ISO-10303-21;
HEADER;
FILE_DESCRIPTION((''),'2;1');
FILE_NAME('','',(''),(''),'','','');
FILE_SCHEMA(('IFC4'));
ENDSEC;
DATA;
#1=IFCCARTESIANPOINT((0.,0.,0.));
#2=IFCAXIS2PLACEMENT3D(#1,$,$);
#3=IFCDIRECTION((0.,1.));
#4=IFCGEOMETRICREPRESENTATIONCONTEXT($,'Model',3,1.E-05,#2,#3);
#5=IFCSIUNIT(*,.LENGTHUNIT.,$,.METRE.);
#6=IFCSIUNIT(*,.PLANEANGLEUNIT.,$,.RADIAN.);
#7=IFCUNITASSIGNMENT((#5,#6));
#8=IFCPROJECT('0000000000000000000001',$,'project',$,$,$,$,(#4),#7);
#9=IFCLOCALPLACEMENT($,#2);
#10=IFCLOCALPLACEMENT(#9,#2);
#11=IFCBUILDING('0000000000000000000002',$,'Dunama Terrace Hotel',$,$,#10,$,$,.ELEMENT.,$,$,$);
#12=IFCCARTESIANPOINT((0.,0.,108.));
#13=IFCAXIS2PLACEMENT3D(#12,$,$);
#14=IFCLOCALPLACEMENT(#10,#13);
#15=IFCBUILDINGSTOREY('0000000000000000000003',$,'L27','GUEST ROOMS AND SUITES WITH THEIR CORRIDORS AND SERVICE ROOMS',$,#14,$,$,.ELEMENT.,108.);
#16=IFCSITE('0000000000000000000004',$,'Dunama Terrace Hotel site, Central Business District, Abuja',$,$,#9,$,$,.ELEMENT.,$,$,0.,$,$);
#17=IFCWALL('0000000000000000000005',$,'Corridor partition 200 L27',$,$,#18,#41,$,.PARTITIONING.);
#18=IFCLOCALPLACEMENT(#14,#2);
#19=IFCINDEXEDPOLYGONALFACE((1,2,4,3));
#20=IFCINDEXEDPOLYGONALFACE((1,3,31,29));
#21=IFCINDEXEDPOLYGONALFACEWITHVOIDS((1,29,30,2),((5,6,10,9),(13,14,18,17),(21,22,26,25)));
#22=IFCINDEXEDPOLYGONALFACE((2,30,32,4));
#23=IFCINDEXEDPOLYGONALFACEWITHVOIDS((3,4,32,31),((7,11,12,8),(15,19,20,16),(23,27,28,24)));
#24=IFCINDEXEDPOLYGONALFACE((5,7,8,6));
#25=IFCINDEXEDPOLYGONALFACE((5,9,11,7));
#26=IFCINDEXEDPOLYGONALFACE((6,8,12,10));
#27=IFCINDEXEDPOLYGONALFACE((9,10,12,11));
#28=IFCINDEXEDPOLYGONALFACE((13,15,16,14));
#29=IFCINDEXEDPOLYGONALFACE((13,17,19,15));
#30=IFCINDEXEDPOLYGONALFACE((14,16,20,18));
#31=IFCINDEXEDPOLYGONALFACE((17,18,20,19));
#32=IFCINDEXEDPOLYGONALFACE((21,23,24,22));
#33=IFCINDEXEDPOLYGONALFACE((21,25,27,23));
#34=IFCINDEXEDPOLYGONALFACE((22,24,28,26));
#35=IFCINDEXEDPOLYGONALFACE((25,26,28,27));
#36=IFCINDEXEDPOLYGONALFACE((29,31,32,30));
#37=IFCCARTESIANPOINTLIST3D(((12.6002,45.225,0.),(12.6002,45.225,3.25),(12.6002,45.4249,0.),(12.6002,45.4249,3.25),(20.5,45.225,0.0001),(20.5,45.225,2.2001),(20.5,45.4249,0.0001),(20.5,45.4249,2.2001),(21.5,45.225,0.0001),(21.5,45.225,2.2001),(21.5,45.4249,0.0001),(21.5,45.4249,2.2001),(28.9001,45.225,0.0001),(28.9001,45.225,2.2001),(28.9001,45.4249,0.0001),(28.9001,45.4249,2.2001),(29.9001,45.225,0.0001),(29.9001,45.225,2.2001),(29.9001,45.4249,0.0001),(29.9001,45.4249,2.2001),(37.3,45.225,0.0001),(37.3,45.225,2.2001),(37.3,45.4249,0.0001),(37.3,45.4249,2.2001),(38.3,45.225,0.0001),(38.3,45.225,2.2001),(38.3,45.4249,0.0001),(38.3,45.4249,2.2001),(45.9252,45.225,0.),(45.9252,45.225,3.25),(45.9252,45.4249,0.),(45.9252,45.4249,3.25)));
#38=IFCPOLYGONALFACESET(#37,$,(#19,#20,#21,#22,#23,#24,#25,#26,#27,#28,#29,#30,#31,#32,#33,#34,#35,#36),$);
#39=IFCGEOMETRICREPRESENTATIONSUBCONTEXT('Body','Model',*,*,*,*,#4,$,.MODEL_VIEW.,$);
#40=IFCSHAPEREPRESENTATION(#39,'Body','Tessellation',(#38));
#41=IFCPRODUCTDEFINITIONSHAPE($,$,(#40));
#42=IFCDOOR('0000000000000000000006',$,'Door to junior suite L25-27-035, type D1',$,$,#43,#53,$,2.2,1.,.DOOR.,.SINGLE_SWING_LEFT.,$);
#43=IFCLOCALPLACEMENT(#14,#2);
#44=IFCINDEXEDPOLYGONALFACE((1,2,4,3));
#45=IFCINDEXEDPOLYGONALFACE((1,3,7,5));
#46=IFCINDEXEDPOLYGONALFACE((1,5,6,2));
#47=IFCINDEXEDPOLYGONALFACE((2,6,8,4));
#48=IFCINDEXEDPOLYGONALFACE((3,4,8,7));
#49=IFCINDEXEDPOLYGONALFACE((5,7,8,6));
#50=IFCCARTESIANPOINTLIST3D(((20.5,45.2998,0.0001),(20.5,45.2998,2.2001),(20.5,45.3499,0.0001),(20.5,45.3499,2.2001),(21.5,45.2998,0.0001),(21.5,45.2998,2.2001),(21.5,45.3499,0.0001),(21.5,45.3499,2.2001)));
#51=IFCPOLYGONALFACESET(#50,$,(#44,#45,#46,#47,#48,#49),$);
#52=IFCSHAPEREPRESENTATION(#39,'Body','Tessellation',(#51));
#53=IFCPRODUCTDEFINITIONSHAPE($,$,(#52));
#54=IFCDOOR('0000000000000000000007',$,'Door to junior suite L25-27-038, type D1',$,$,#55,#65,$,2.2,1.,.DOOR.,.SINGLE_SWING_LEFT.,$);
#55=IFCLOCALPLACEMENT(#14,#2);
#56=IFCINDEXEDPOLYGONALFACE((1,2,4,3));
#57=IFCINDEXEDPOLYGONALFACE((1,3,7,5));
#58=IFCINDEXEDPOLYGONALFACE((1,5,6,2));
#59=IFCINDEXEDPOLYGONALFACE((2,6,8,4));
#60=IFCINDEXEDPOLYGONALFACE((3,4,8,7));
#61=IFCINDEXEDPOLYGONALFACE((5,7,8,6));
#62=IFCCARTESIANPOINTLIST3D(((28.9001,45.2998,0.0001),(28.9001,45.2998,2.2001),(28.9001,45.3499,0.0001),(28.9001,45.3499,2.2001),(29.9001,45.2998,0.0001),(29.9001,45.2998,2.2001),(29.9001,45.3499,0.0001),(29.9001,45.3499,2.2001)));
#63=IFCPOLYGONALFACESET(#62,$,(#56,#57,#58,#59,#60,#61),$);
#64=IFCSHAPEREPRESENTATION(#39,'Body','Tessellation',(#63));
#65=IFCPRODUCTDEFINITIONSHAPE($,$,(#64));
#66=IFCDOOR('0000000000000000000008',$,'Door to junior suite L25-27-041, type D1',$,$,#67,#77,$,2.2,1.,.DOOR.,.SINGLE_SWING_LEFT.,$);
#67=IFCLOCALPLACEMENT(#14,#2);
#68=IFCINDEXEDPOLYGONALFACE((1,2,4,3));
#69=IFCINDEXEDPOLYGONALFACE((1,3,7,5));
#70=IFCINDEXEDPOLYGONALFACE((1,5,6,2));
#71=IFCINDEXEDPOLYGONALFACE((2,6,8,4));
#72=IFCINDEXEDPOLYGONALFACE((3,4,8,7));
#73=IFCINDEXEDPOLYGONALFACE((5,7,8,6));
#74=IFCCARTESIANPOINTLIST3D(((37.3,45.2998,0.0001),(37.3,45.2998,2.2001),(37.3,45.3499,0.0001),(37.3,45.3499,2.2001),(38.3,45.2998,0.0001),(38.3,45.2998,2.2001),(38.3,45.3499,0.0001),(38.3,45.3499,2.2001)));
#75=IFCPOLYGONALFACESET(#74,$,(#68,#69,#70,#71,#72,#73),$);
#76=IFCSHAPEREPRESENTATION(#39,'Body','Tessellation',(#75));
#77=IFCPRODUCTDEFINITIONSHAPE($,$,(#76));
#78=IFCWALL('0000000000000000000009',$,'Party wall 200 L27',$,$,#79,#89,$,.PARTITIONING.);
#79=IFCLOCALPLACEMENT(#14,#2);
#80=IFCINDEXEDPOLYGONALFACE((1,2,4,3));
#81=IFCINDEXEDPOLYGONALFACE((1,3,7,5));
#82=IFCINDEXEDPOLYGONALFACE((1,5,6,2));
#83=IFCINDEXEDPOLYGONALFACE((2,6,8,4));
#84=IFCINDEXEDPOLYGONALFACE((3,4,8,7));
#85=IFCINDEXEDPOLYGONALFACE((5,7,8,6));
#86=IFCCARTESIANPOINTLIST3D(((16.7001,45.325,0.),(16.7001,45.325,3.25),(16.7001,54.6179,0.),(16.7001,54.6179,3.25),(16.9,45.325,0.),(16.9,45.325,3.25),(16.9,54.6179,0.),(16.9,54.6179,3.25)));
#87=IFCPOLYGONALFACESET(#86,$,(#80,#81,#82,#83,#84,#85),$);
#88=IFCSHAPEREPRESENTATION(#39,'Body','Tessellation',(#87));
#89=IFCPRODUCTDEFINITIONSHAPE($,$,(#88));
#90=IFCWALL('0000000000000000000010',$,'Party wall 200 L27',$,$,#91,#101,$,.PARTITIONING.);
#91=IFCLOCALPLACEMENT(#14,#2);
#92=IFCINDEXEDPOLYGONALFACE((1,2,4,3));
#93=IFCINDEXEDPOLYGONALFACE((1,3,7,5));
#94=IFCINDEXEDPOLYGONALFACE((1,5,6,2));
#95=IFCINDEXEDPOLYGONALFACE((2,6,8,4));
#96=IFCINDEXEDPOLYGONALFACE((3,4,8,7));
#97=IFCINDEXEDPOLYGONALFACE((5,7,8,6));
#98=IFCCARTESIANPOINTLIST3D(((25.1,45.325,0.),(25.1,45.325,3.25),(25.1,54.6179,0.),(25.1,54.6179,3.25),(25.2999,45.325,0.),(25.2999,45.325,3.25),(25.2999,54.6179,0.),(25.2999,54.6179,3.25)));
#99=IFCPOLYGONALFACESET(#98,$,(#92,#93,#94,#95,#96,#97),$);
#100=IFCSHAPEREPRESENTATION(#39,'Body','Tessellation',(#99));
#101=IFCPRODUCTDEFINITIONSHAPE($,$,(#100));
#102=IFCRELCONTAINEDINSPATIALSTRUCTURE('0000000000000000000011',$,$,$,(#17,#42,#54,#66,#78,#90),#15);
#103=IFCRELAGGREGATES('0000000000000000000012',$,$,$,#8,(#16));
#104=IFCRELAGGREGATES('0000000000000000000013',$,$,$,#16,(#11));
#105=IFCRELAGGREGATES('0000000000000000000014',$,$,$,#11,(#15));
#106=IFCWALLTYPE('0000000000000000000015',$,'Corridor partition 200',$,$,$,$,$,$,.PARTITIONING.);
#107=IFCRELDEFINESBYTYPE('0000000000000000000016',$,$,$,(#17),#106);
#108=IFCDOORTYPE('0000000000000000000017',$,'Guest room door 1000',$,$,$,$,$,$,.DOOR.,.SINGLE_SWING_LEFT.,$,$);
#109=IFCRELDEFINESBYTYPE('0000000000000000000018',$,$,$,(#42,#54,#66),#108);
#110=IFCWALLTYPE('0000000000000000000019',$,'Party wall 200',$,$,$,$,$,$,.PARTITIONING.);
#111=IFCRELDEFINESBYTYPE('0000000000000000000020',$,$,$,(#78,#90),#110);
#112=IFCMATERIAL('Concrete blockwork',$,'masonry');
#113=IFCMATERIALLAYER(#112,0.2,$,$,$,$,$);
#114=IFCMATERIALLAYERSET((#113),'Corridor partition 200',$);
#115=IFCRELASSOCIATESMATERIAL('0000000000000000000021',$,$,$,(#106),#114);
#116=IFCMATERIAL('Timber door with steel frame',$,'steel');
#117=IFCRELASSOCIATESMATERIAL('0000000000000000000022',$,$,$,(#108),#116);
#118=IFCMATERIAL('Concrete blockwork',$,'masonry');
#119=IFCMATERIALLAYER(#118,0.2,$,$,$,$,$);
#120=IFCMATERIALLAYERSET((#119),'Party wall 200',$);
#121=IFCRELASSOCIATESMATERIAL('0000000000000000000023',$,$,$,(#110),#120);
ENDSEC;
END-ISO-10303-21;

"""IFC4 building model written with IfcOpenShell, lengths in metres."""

from ifc_helpers import new_model, si_unit, direction, frame, frame_2d, origin, place, context, subcontext, project, spatial, rectangle, extrude, material, layer, layer_set, type_object, element, fill, save


model = new_model("IFC4")

# Units and contexts
model_context = context("Model", 3, precision=1e-05, world=origin(), true_north=direction((0.0, 1.0)))
body_context = subcontext(model_context, "Body", "Model", "MODEL_VIEW")
ifc_project = project(units=[si_unit("LENGTHUNIT", "METRE"), si_unit("PLANEANGLEUNIT", "RADIAN")], contexts=[model_context])

# Site, building, storey
site_placement = place(None, origin())
site = spatial("IfcSite", under=ifc_project, at=site_placement, Name="Dunama Terrace Hotel site, Central Business District, Abuja", CompositionType="ELEMENT", RefElevation=0.0)
building_placement = place(site_placement, origin())
building = spatial("IfcBuilding", under=site, at=building_placement, Name="Dunama Terrace Hotel", CompositionType="ELEMENT")
storey_placement = place(building_placement, frame((0.0, 0.0, 108.0)))
storey = spatial("IfcBuildingStorey", under=building, at=storey_placement, Name="L27", Description="GUEST ROOMS AND SUITES WITH THEIR CORRIDORS AND SERVICE ROOMS", CompositionType="ELEMENT", Elevation=108.0)

# Wall, openings, doors
ifc_material_1 = material(Name="Concrete blockwork", Category="masonry")
ifc_layer_1 = layer(ifc_material_1, 0.2)
ifc_layer_set_1 = layer_set([ifc_layer_1], Name="Corridor partition 200")
wall_type_1 = type_object("IfcWallType", Name="Corridor partition 200", PredefinedType="PARTITIONING", material=ifc_layer_set_1)
wall_1_placement = place(storey_placement, frame((12.6001, 45.325, 0.0), z_axis=(0.0, 0.0, 1.0), x_axis=(1.0, 0.0, 0.0)))
wall_1 = element("IfcWall", 1, at=wall_1_placement, inside=storey, type_object=wall_type_1, Name="Corridor partition 200 L27", PredefinedType="PARTITIONING", context=body_context, shape_type="SweptSolid", body=[
    extrude(rectangle(XDim=33.325, YDim=0.2, at=frame_2d((16.6626, 0.0))), origin(), (0.0, 0.0, 1.0), 3.25),
])
opening_1_placement = place(wall_1_placement, frame((7.8999, 0.0, 0.0)))
opening_1 = element("IfcOpeningElement", 2, at=opening_1_placement, cuts=wall_1, PredefinedType="OPENING", context=body_context, shape_type="SweptSolid", body=[
    extrude(rectangle(XDim=1.0, YDim=2.2, at=frame_2d((0.5, 1.1001))), frame((0.0, 0.1099, 0.0), z_axis=(0.0, -1.0, 0.0), x_axis=(1.0, 0.0, 0.0)), (0.0, 0.0, 1.0), 0.22),
])
opening_2_placement = place(wall_1_placement, frame((16.3, 0.0, 0.0)))
opening_2 = element("IfcOpeningElement", 3, at=opening_2_placement, cuts=wall_1, PredefinedType="OPENING", context=body_context, shape_type="SweptSolid", body=[
    extrude(rectangle(XDim=1.0, YDim=2.2, at=frame_2d((0.5, 1.1001))), frame((0.0, 0.1099, 0.0), z_axis=(0.0, -1.0, 0.0), x_axis=(1.0, 0.0, 0.0)), (0.0, 0.0, 1.0), 0.22),
])
opening_3_placement = place(wall_1_placement, frame((24.7, 0.0, 0.0)))
opening_3 = element("IfcOpeningElement", 4, at=opening_3_placement, cuts=wall_1, PredefinedType="OPENING", context=body_context, shape_type="SweptSolid", body=[
    extrude(rectangle(XDim=1.0, YDim=2.2, at=frame_2d((0.5, 1.1001))), frame((0.0, 0.1099, 0.0), z_axis=(0.0, -1.0, 0.0), x_axis=(1.0, 0.0, 0.0)), (0.0, 0.0, 1.0), 0.22),
])
ifc_material_2 = material(Name="Timber door with steel frame", Category="steel")
door_type_1 = type_object("IfcDoorType", Name="Guest room door 1000", OperationType="SINGLE_SWING_LEFT", PredefinedType="DOOR", material=ifc_material_2)
door_1_placement = place(opening_1_placement, origin())
door_1 = element("IfcDoor", 5, at=door_1_placement, inside=storey, type_object=door_type_1, Name="Door to junior suite L25-27-035, type D1", OperationType="SINGLE_SWING_LEFT", OverallHeight=2.2, OverallWidth=1.0, PredefinedType="DOOR", context=body_context, shape_type="SweptSolid", body=[
    extrude(rectangle(XDim=1.0, YDim=2.2, at=frame_2d((0.5, 1.1001))), frame((0.0, 0.0249, 0.0), z_axis=(0.0, -1.0, 0.0), x_axis=(1.0, 0.0, 0.0)), (0.0, 0.0, 1.0), 0.05),
])
fill(opening_1, door_1)
door_2_placement = place(opening_2_placement, origin())
door_2 = element("IfcDoor", 6, at=door_2_placement, inside=storey, type_object=door_type_1, Name="Door to junior suite L25-27-038, type D1", OperationType="SINGLE_SWING_LEFT", OverallHeight=2.2, OverallWidth=1.0, PredefinedType="DOOR", context=body_context, shape_type="SweptSolid", body=[
    extrude(rectangle(XDim=1.0, YDim=2.2, at=frame_2d((0.5, 1.1001))), frame((0.0, 0.0249, 0.0), z_axis=(0.0, -1.0, 0.0), x_axis=(1.0, 0.0, 0.0)), (0.0, 0.0, 1.0), 0.05),
])
fill(opening_2, door_2)
door_3_placement = place(opening_3_placement, origin())
door_3 = element("IfcDoor", 7, at=door_3_placement, inside=storey, type_object=door_type_1, Name="Door to junior suite L25-27-041, type D1", OperationType="SINGLE_SWING_LEFT", OverallHeight=2.2, OverallWidth=1.0, PredefinedType="DOOR", context=body_context, shape_type="SweptSolid", body=[
    extrude(rectangle(XDim=1.0, YDim=2.2, at=frame_2d((0.5, 1.1001))), frame((0.0, 0.0249, 0.0), z_axis=(0.0, -1.0, 0.0), x_axis=(1.0, 0.0, 0.0)), (0.0, 0.0, 1.0), 0.05),
])
fill(opening_3, door_3)

# Walls
ifc_material_3 = material(Name="Concrete blockwork", Category="masonry")
ifc_layer_2 = layer(ifc_material_3, 0.2)
ifc_layer_set_2 = layer_set([ifc_layer_2], Name="Party wall 200")
wall_type_2 = type_object("IfcWallType", Name="Party wall 200", PredefinedType="PARTITIONING", material=ifc_layer_set_2)
for number, where, z_axis, x_axis, name in (
    (8, (16.8, 45.325, 0.0), (0.0, 0.0, 1.0), (0.0, 1.0, 0.0), "Party wall 200 L27"),
    (9, (25.2, 45.325, 0.0), (0.0, 0.0, 1.0), (0.0, 1.0, 0.0), "Party wall 200 L27"),
):
    element("IfcWall", number, at=place(storey_placement, frame(where, z_axis=z_axis, x_axis=x_axis)), inside=storey, type_object=wall_type_2, Name=name, PredefinedType="PARTITIONING", context=body_context, shape_type="SweptSolid", body=[
        extrude(rectangle(XDim=9.293, YDim=0.2, at=frame_2d((4.6465, 0.0))), origin(), (0.0, 0.0, 1.0), 3.25),
    ])

save(model, "model.ifc")
